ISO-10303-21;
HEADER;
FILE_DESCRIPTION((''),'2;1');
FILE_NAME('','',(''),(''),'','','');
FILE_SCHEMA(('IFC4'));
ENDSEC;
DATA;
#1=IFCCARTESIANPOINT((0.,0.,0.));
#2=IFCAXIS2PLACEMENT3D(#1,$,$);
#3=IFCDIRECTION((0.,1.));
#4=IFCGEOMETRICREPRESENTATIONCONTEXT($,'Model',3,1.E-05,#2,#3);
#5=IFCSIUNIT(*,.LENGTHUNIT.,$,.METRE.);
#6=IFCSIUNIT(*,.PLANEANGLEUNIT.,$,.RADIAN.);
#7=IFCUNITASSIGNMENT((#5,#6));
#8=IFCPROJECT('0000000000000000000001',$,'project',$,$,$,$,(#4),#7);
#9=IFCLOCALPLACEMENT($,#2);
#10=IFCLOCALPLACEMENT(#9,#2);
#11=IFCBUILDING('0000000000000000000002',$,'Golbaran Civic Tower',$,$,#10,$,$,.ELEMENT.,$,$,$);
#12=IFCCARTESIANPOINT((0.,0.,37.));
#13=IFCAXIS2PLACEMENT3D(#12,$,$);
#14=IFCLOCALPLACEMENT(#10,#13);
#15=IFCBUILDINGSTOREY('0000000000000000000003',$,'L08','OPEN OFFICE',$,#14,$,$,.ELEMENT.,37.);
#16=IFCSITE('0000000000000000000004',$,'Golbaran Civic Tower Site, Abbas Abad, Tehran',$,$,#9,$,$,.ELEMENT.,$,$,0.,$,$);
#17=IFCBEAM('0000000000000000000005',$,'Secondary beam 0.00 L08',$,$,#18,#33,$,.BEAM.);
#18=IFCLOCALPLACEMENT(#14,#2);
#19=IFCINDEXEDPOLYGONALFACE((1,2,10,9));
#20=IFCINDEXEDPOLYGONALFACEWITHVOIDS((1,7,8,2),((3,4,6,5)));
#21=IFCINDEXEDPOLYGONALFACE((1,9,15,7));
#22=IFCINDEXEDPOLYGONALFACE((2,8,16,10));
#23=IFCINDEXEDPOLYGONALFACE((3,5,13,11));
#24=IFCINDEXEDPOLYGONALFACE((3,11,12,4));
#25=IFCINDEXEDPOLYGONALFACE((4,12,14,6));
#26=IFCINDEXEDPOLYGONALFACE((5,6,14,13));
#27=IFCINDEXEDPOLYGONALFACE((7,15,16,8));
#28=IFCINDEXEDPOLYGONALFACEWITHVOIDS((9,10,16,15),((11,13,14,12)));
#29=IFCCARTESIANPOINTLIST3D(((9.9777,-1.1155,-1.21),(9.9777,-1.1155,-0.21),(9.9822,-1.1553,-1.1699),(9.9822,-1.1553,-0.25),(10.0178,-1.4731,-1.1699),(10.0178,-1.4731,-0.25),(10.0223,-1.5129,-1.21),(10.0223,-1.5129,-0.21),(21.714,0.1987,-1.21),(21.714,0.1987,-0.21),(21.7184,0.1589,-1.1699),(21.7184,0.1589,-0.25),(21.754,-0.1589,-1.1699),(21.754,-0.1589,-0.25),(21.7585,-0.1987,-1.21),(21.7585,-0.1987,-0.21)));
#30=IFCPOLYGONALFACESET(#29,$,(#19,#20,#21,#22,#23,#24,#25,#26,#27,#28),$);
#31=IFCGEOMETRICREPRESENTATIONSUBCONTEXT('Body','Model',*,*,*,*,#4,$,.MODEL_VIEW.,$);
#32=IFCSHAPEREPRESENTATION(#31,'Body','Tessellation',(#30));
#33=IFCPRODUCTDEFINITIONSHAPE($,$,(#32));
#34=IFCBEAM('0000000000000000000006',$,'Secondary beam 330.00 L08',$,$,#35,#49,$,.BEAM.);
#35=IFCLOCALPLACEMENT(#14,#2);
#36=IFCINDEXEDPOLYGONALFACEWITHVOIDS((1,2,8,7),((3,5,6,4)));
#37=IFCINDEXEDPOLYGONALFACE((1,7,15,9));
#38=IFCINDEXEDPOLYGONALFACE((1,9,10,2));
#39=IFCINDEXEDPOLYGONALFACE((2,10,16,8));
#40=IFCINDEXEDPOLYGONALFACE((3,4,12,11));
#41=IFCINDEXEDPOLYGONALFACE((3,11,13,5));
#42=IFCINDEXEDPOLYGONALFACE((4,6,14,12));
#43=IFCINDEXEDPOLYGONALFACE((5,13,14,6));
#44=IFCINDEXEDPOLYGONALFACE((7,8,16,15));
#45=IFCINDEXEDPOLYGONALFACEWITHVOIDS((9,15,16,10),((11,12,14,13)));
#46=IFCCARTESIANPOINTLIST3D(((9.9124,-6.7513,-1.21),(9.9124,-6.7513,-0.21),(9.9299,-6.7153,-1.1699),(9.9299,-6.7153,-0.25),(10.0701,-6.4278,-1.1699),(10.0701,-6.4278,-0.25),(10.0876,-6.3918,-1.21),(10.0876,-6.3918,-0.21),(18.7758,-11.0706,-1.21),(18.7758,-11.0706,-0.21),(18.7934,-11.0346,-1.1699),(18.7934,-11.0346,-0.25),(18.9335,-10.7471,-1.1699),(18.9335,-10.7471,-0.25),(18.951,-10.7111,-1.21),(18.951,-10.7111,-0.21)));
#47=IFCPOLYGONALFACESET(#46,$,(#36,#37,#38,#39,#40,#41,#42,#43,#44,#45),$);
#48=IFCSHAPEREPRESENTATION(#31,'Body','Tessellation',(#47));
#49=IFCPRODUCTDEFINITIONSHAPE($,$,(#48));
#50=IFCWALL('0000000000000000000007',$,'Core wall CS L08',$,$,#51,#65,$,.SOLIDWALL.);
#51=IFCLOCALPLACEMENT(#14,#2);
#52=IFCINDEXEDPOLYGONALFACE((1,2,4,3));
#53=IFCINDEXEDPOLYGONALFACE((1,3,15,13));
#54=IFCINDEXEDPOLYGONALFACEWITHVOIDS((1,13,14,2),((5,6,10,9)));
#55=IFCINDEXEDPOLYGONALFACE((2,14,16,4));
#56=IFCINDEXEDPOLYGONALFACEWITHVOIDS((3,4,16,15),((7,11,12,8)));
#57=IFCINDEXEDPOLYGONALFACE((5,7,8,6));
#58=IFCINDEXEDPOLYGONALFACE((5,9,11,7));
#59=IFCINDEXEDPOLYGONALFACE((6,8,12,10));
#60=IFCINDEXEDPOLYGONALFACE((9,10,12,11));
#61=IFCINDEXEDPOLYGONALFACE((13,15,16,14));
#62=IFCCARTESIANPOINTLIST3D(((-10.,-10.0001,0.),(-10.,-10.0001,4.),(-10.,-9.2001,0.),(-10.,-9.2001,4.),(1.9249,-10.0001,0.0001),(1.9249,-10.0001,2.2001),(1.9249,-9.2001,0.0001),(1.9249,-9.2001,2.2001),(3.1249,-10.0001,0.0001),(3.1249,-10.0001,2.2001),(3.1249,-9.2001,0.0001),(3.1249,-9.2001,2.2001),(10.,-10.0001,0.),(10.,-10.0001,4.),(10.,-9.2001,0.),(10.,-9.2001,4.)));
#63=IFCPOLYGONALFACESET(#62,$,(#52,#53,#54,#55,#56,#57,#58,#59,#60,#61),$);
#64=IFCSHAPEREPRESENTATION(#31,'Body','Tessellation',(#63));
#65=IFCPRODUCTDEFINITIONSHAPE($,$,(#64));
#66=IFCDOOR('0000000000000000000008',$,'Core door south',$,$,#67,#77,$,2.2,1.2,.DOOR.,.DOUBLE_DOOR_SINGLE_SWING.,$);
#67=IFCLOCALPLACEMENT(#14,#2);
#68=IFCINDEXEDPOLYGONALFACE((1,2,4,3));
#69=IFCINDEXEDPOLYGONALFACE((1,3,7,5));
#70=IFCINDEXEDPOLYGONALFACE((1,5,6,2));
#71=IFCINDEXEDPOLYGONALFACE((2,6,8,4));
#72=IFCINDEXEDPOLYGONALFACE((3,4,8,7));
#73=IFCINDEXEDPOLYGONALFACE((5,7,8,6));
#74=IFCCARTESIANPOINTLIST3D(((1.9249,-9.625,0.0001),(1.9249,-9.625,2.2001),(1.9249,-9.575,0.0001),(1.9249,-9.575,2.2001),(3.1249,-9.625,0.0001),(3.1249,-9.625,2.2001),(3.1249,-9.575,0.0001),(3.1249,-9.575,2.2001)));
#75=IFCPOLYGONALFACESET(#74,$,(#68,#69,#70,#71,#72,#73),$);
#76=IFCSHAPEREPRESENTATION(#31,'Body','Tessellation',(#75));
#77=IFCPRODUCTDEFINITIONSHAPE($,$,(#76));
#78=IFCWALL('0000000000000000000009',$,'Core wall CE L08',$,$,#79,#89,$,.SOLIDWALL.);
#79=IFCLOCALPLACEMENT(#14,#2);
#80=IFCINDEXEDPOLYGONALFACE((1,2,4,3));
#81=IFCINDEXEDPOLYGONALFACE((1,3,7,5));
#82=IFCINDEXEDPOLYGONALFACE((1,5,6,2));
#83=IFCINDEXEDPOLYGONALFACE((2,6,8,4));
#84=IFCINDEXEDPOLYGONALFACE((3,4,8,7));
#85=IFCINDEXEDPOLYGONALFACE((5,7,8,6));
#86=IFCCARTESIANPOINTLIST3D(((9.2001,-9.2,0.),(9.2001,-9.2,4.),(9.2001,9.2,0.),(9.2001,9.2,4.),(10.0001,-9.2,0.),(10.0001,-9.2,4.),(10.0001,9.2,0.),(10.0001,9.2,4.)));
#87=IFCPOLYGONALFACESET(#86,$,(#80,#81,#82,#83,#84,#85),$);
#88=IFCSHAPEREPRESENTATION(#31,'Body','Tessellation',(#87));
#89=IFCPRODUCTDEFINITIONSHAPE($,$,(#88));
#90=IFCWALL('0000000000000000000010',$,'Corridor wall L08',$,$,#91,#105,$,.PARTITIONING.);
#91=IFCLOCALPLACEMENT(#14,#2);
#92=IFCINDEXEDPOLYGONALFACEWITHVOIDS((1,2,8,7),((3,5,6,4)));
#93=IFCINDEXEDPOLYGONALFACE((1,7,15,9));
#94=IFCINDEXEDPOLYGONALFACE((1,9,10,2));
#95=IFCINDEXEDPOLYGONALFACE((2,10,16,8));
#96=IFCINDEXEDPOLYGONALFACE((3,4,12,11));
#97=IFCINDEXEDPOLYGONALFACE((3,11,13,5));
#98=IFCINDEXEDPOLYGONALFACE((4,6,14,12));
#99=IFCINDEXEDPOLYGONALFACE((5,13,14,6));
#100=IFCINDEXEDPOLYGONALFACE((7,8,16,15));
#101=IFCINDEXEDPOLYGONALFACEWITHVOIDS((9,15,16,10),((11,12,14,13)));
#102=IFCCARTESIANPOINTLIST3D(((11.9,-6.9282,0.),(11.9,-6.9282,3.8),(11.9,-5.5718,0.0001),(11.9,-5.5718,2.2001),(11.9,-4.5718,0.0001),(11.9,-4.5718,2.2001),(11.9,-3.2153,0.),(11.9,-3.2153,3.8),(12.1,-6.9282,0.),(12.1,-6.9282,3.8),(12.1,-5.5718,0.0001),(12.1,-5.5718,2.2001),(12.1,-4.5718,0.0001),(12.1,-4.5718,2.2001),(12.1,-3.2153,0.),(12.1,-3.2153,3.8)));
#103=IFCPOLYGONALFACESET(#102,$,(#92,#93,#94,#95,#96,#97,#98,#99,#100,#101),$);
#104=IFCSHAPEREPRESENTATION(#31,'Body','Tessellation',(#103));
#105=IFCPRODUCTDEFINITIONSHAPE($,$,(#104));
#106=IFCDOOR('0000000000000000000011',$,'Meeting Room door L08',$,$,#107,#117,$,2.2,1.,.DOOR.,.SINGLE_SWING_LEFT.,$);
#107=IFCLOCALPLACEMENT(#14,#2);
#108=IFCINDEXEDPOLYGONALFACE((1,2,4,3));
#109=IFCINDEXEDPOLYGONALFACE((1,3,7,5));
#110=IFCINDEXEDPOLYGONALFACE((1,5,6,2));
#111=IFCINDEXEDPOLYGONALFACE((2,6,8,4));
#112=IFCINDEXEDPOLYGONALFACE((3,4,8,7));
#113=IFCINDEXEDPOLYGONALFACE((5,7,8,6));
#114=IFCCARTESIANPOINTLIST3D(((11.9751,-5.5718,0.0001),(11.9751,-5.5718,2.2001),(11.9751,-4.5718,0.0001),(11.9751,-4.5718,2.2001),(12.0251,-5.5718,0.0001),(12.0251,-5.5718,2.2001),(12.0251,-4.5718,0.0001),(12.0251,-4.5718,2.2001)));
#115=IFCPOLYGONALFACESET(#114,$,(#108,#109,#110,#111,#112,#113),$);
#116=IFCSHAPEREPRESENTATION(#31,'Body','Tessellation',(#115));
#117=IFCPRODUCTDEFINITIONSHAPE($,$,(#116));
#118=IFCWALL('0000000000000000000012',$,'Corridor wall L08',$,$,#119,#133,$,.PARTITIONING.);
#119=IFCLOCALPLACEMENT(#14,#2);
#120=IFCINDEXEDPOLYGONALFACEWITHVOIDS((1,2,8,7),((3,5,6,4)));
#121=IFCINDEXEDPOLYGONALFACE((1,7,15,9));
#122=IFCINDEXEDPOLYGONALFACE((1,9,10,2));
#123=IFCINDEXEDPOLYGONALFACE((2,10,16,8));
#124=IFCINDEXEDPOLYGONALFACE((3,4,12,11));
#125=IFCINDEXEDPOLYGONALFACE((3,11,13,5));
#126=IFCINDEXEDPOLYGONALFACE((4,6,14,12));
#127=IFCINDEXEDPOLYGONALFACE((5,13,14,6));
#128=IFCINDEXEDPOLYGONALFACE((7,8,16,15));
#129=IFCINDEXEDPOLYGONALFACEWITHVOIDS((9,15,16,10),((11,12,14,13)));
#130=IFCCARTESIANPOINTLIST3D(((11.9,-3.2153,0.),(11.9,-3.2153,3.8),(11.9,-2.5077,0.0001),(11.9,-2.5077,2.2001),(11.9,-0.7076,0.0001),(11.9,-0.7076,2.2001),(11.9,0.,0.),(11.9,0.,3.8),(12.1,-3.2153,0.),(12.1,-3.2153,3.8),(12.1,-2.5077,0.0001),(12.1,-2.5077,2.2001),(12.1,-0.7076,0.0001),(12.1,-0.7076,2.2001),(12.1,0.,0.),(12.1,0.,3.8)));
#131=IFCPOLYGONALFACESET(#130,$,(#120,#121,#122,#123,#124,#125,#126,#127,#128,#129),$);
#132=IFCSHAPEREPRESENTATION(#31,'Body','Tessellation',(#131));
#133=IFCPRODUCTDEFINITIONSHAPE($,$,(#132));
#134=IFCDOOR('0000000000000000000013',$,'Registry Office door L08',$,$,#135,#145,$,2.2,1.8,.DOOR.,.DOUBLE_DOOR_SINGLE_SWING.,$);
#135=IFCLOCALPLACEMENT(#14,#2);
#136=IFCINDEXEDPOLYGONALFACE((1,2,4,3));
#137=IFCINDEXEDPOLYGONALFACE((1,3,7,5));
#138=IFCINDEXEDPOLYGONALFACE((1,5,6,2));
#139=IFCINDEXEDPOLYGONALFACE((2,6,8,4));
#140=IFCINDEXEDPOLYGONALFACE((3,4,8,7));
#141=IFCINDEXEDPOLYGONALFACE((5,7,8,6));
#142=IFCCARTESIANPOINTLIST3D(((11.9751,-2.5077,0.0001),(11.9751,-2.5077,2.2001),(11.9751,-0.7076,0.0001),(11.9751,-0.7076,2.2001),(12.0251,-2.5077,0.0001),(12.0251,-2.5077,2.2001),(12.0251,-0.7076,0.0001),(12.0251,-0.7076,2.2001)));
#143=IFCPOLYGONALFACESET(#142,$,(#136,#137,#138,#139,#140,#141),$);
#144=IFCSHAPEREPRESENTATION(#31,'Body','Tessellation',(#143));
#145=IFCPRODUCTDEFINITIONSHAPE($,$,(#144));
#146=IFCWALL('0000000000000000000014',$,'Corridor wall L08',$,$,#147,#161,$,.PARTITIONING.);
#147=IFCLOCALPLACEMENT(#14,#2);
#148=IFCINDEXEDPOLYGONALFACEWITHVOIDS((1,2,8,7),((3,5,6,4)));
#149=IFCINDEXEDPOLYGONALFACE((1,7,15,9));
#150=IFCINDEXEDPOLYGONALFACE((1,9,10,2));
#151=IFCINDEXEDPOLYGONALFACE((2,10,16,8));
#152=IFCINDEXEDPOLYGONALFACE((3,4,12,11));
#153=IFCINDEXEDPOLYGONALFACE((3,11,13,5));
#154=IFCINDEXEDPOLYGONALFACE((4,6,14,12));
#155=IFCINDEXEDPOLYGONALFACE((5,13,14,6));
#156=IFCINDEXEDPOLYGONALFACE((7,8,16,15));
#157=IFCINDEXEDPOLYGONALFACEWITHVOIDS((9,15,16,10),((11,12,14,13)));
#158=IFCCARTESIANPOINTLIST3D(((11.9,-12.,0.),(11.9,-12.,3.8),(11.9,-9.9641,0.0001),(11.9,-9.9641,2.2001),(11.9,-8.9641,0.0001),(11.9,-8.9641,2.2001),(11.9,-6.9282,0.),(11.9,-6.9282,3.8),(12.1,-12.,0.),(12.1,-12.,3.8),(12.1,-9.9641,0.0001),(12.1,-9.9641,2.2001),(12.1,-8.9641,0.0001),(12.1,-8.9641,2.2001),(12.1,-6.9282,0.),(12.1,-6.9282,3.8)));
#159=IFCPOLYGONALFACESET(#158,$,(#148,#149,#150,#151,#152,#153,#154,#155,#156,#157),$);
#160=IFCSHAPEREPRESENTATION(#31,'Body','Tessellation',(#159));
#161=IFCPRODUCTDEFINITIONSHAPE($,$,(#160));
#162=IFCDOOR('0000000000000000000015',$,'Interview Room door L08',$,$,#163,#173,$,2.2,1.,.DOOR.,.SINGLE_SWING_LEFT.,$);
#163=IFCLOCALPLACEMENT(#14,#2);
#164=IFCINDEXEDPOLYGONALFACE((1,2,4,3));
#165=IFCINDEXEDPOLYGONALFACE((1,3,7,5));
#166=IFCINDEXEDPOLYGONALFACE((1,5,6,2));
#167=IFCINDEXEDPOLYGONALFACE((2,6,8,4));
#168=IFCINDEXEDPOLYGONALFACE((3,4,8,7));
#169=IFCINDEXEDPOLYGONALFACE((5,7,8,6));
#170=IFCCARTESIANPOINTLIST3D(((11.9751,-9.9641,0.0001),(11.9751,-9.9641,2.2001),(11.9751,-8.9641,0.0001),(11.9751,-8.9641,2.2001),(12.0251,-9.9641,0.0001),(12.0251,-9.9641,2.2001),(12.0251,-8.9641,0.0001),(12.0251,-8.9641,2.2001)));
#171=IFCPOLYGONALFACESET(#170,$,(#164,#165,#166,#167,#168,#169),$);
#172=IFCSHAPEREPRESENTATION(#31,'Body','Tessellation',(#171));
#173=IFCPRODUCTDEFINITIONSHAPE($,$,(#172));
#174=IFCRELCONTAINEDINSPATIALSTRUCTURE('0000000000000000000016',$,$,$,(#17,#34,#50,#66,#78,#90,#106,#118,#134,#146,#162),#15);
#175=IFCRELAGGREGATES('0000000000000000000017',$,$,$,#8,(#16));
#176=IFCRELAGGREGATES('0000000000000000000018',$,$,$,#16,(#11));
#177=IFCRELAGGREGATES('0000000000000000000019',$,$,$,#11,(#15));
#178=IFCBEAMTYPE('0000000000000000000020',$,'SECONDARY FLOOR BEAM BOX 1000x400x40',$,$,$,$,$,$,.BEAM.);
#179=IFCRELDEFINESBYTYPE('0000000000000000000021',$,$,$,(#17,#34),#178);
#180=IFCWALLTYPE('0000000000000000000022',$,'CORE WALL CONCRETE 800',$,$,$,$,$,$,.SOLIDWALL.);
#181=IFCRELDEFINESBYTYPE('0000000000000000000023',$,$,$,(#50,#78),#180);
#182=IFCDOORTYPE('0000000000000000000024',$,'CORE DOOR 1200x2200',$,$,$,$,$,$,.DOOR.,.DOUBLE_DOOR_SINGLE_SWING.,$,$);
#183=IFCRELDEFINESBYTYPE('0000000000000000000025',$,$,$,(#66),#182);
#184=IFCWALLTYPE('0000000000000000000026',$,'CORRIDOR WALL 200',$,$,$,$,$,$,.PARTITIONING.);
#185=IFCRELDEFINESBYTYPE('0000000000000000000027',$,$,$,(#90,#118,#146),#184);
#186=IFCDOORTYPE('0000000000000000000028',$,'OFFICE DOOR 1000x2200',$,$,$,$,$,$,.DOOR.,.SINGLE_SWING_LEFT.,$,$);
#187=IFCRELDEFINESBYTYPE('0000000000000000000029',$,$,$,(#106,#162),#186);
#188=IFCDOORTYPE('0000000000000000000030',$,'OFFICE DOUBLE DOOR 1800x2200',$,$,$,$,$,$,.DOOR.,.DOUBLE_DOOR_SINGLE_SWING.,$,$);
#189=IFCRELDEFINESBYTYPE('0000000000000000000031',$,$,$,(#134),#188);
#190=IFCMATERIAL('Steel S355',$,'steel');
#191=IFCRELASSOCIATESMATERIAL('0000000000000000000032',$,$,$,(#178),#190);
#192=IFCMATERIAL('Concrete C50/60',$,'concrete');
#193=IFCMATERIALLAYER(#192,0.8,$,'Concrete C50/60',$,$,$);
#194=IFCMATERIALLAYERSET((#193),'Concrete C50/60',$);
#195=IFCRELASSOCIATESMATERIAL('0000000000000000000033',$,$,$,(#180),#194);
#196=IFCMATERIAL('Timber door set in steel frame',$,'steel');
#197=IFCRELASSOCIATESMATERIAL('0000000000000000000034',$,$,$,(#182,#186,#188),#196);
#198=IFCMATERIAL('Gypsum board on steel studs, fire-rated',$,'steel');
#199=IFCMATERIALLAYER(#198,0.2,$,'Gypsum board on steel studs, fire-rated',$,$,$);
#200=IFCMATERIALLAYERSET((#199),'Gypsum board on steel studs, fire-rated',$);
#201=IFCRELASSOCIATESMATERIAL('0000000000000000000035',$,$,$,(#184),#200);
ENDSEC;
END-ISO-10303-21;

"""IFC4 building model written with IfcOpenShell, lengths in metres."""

from ifc_helpers import new_model, si_unit, direction, frame, frame_2d, origin, origin_2d, place, context, subcontext, project, spatial, rectangle, hollow_rectangle, extrude, material, layer, layer_set, material_profile, profile_set, type_object, element, fill, save


model = new_model("IFC4")

# Units and contexts
model_context = context("Model", 3, precision=1e-05, world=origin(), true_north=direction((0.0, 1.0)))
body_context = subcontext(model_context, "Body", "Model", "MODEL_VIEW")
ifc_project = project(units=[si_unit("LENGTHUNIT", "METRE"), si_unit("PLANEANGLEUNIT", "RADIAN")], contexts=[model_context])

# Site, building, storey
site_placement = place(None, origin())
site = spatial("IfcSite", under=ifc_project, at=site_placement, Name="Golbaran Civic Tower Site, Abbas Abad, Tehran", CompositionType="ELEMENT", RefElevation=0.0)
building_placement = place(site_placement, origin())
building = spatial("IfcBuilding", under=site, at=building_placement, Name="Golbaran Civic Tower", CompositionType="ELEMENT")
storey_placement = place(building_placement, frame((0.0, 0.0, 37.0)))
storey = spatial("IfcBuildingStorey", under=building, at=storey_placement, Name="L08", Description="OPEN OFFICE", CompositionType="ELEMENT", Elevation=37.0)

# Beams
ifc_material_1 = material(Name="Steel S355", Category="steel")
ifc_material_profile_1 = material_profile(ifc_material_1, hollow_rectangle(XDim=0.3999, YDim=1.0, WallThickness=0.04, at=origin_2d()), Name="BOX 1000x400x40")
ifc_profile_set_1 = profile_set([ifc_material_profile_1], Name="Steel S355")
beam_type_1 = type_object("IfcBeamType", Name="SECONDARY FLOOR BEAM BOX 1000x400x40", PredefinedType="BEAM", material=ifc_profile_set_1)
beam_1_placement = place(storey_placement, frame((10.0, -1.3142, -0.71), z_axis=(0.993789, 0.111282, 0.0), x_axis=(-0.111282, 0.993789, 0.0)))
element("IfcBeam", 1, at=beam_1_placement, inside=storey, type_object=beam_type_1, Name="Secondary beam 0.00 L08", PredefinedType="BEAM", context=body_context, shape_type="SweptSolid", body=[
    extrude(hollow_rectangle(XDim=0.3999, YDim=1.0, WallThickness=0.04, at=origin_2d()), origin(), (0.0, 0.0, 1.0), 11.8096),
])
beam_2_placement = place(storey_placement, frame((10.0, -6.5715, -0.71), z_axis=(0.898942, -0.438068, 0.0), x_axis=(0.438068, 0.898942, 0.0)))
element("IfcBeam", 2, at=beam_2_placement, inside=storey, type_object=beam_type_1, Name="Secondary beam 330.00 L08", PredefinedType="BEAM", context=body_context, shape_type="SweptSolid", body=[
    extrude(hollow_rectangle(XDim=0.3999, YDim=1.0, WallThickness=0.04, at=origin_2d()), origin(), (0.0, 0.0, 1.0), 9.8599),
])

# Wall, opening, door
ifc_material_2 = material(Name="Concrete C50/60", Category="concrete")
ifc_layer_1 = layer(ifc_material_2, 0.8, Name="Concrete C50/60")
ifc_layer_set_1 = layer_set([ifc_layer_1], Name="Concrete C50/60")
wall_type_1 = type_object("IfcWallType", Name="CORE WALL CONCRETE 800", PredefinedType="SOLIDWALL", material=ifc_layer_set_1)
wall_1_placement = place(storey_placement, frame((10.0, -9.6001, 0.0), z_axis=(0.0, 0.0, 1.0), x_axis=(-1.0, 0.0, 0.0)))
wall_1 = element("IfcWall", 3, at=wall_1_placement, inside=storey, type_object=wall_type_1, Name="Core wall CS L08", PredefinedType="SOLIDWALL", context=body_context, shape_type="SweptSolid", body=[
    extrude(rectangle(XDim=20.0, YDim=0.8, at=frame_2d((10.0, 0.0))), origin(), (0.0, 0.0, 1.0), 4.0),
])
opening_1_placement = place(wall_1_placement, frame((6.875, 0.0, 0.0)))
opening_1 = element("IfcOpeningElement", 4, at=opening_1_placement, cuts=wall_1, PredefinedType="OPENING", context=body_context, shape_type="SweptSolid", body=[
    extrude(rectangle(XDim=1.2, YDim=2.2, at=frame_2d((0.6001, 1.1001))), frame((0.0, 0.4099, 0.0), z_axis=(0.0, -1.0, 0.0), x_axis=(1.0, 0.0, 0.0)), (0.0, 0.0, 1.0), 0.8201),
])
ifc_material_3 = material(Name="Timber door set in steel frame", Category="steel")
door_type_1 = type_object("IfcDoorType", Name="CORE DOOR 1200x2200", OperationType="DOUBLE_DOOR_SINGLE_SWING", PredefinedType="DOOR", material=ifc_material_3)
door_1_placement = place(opening_1_placement, origin())
door_1 = element("IfcDoor", 5, at=door_1_placement, inside=storey, type_object=door_type_1, Name="Core door south", OperationType="DOUBLE_DOOR_SINGLE_SWING", OverallHeight=2.2, OverallWidth=1.2, PredefinedType="DOOR", context=body_context, shape_type="SweptSolid", body=[
    extrude(rectangle(XDim=1.2, YDim=2.2, at=frame_2d((0.6001, 1.1001))), frame((0.0, 0.0249, 0.0), z_axis=(0.0, -1.0, 0.0), x_axis=(1.0, 0.0, 0.0)), (0.0, 0.0, 1.0), 0.05),
])
fill(opening_1, door_1)

# Wall
wall_2_placement = place(storey_placement, frame((9.6001, -9.2, 0.0), z_axis=(0.0, 0.0, 1.0), x_axis=(0.0, 1.0, 0.0)))
element("IfcWall", 6, at=wall_2_placement, inside=storey, type_object=wall_type_1, Name="Core wall CE L08", PredefinedType="SOLIDWALL", context=body_context, shape_type="SweptSolid", body=[
    extrude(rectangle(XDim=18.3999, YDim=0.8, at=frame_2d((9.2, 0.0))), origin(), (0.0, 0.0, 1.0), 4.0),
])

# Walls, openings, doors
ifc_material_4 = material(Name="Gypsum board on steel studs, fire-rated", Category="steel")
ifc_layer_2 = layer(ifc_material_4, 0.2, Name="Gypsum board on steel studs, fire-rated")
ifc_layer_set_2 = layer_set([ifc_layer_2], Name="Gypsum board on steel studs, fire-rated")
wall_type_2 = type_object("IfcWallType", Name="CORRIDOR WALL 200", PredefinedType="PARTITIONING", material=ifc_layer_set_2)
wall_3_placement = place(storey_placement, frame((12.0, -6.9282, 0.0), z_axis=(0.0, 0.0, 1.0), x_axis=(0.0, 1.0, 0.0)))
wall_3 = element("IfcWall", 7, at=wall_3_placement, inside=storey, type_object=wall_type_2, Name="Corridor wall L08", PredefinedType="PARTITIONING", context=body_context, shape_type="SweptSolid", body=[
    extrude(rectangle(XDim=3.7129, YDim=0.2, at=frame_2d((1.8564, 0.0))), origin(), (0.0, 0.0, 1.0), 3.8),
])
opening_2_placement = place(wall_3_placement, frame((1.3564, 0.0, 0.0)))
opening_2 = element("IfcOpeningElement", 8, at=opening_2_placement, cuts=wall_3, PredefinedType="OPENING", context=body_context, shape_type="SweptSolid", body=[
    extrude(rectangle(XDim=1.0, YDim=2.2, at=frame_2d((0.5, 1.1001))), frame((0.0, 0.1099, 0.0), z_axis=(0.0, -1.0, 0.0), x_axis=(1.0, 0.0, 0.0)), (0.0, 0.0, 1.0), 0.22),
])
door_type_2 = type_object("IfcDoorType", Name="OFFICE DOOR 1000x2200", OperationType="SINGLE_SWING_LEFT", PredefinedType="DOOR", material=ifc_material_3)
door_2_placement = place(opening_2_placement, origin())
door_2 = element("IfcDoor", 9, at=door_2_placement, inside=storey, type_object=door_type_2, Name="Meeting Room door L08", OperationType="SINGLE_SWING_LEFT", OverallHeight=2.2, OverallWidth=1.0, PredefinedType="DOOR", context=body_context, shape_type="SweptSolid", body=[
    extrude(rectangle(XDim=1.0, YDim=2.2, at=frame_2d((0.5, 1.1001))), frame((0.0, 0.0249, 0.0), z_axis=(0.0, -1.0, 0.0), x_axis=(1.0, 0.0, 0.0)), (0.0, 0.0, 1.0), 0.05),
])
fill(opening_2, door_2)
wall_4_placement = place(storey_placement, frame((12.0, -3.2153, 0.0), z_axis=(0.0, 0.0, 1.0), x_axis=(0.0, 1.0, 0.0)))
wall_4 = element("IfcWall", 10, at=wall_4_placement, inside=storey, type_object=wall_type_2, Name="Corridor wall L08", PredefinedType="PARTITIONING", context=body_context, shape_type="SweptSolid", body=[
    extrude(rectangle(XDim=3.2153, YDim=0.2, at=frame_2d((1.6077, 0.0))), origin(), (0.0, 0.0, 1.0), 3.8),
])
opening_3_placement = place(wall_4_placement, frame((0.7078, 0.0, 0.0)))
opening_3 = element("IfcOpeningElement", 11, at=opening_3_placement, cuts=wall_4, PredefinedType="OPENING", context=body_context, shape_type="SweptSolid", body=[
    extrude(rectangle(XDim=1.8, YDim=2.2, at=frame_2d((0.8999, 1.1001))), frame((0.0, 0.1099, 0.0), z_axis=(0.0, -1.0, 0.0), x_axis=(1.0, 0.0, 0.0)), (0.0, 0.0, 1.0), 0.22),
])
door_type_3 = type_object("IfcDoorType", Name="OFFICE DOUBLE DOOR 1800x2200", OperationType="DOUBLE_DOOR_SINGLE_SWING", PredefinedType="DOOR", material=ifc_material_3)
door_3_placement = place(opening_3_placement, origin())
door_3 = element("IfcDoor", 12, at=door_3_placement, inside=storey, type_object=door_type_3, Name="Registry Office door L08", OperationType="DOUBLE_DOOR_SINGLE_SWING", OverallHeight=2.2, OverallWidth=1.8, PredefinedType="DOOR", context=body_context, shape_type="SweptSolid", body=[
    extrude(rectangle(XDim=1.8, YDim=2.2, at=frame_2d((0.8999, 1.1001))), frame((0.0, 0.0249, 0.0), z_axis=(0.0, -1.0, 0.0), x_axis=(1.0, 0.0, 0.0)), (0.0, 0.0, 1.0), 0.05),
])
fill(opening_3, door_3)
wall_5_placement = place(storey_placement, frame((12.0, -12.0, 0.0), z_axis=(0.0, 0.0, 1.0), x_axis=(0.0, 1.0, 0.0)))
wall_5 = element("IfcWall", 13, at=wall_5_placement, inside=storey, type_object=wall_type_2, Name="Corridor wall L08", PredefinedType="PARTITIONING", context=body_context, shape_type="SweptSolid", body=[
    extrude(rectangle(XDim=5.0718, YDim=0.2, at=frame_2d((2.5359, 0.0))), origin(), (0.0, 0.0, 1.0), 3.8),
])
opening_4_placement = place(wall_5_placement, frame((2.0359, 0.0, 0.0)))
opening_4 = element("IfcOpeningElement", 14, at=opening_4_placement, cuts=wall_5, PredefinedType="OPENING", context=body_context, shape_type="SweptSolid", body=[
    extrude(rectangle(XDim=1.0, YDim=2.2, at=frame_2d((0.5, 1.1001))), frame((0.0, 0.1099, 0.0), z_axis=(0.0, -1.0, 0.0), x_axis=(1.0, 0.0, 0.0)), (0.0, 0.0, 1.0), 0.22),
])
door_4_placement = place(opening_4_placement, origin())
door_4 = element("IfcDoor", 15, at=door_4_placement, inside=storey, type_object=door_type_2, Name="Interview Room door L08", OperationType="SINGLE_SWING_LEFT", OverallHeight=2.2, OverallWidth=1.0, PredefinedType="DOOR", context=body_context, shape_type="SweptSolid", body=[
    extrude(rectangle(XDim=1.0, YDim=2.2, at=frame_2d((0.5, 1.1001))), frame((0.0, 0.0249, 0.0), z_axis=(0.0, -1.0, 0.0), x_axis=(1.0, 0.0, 0.0)), (0.0, 0.0, 1.0), 0.05),
])
fill(opening_4, door_4)

save(model, "model.ifc")
